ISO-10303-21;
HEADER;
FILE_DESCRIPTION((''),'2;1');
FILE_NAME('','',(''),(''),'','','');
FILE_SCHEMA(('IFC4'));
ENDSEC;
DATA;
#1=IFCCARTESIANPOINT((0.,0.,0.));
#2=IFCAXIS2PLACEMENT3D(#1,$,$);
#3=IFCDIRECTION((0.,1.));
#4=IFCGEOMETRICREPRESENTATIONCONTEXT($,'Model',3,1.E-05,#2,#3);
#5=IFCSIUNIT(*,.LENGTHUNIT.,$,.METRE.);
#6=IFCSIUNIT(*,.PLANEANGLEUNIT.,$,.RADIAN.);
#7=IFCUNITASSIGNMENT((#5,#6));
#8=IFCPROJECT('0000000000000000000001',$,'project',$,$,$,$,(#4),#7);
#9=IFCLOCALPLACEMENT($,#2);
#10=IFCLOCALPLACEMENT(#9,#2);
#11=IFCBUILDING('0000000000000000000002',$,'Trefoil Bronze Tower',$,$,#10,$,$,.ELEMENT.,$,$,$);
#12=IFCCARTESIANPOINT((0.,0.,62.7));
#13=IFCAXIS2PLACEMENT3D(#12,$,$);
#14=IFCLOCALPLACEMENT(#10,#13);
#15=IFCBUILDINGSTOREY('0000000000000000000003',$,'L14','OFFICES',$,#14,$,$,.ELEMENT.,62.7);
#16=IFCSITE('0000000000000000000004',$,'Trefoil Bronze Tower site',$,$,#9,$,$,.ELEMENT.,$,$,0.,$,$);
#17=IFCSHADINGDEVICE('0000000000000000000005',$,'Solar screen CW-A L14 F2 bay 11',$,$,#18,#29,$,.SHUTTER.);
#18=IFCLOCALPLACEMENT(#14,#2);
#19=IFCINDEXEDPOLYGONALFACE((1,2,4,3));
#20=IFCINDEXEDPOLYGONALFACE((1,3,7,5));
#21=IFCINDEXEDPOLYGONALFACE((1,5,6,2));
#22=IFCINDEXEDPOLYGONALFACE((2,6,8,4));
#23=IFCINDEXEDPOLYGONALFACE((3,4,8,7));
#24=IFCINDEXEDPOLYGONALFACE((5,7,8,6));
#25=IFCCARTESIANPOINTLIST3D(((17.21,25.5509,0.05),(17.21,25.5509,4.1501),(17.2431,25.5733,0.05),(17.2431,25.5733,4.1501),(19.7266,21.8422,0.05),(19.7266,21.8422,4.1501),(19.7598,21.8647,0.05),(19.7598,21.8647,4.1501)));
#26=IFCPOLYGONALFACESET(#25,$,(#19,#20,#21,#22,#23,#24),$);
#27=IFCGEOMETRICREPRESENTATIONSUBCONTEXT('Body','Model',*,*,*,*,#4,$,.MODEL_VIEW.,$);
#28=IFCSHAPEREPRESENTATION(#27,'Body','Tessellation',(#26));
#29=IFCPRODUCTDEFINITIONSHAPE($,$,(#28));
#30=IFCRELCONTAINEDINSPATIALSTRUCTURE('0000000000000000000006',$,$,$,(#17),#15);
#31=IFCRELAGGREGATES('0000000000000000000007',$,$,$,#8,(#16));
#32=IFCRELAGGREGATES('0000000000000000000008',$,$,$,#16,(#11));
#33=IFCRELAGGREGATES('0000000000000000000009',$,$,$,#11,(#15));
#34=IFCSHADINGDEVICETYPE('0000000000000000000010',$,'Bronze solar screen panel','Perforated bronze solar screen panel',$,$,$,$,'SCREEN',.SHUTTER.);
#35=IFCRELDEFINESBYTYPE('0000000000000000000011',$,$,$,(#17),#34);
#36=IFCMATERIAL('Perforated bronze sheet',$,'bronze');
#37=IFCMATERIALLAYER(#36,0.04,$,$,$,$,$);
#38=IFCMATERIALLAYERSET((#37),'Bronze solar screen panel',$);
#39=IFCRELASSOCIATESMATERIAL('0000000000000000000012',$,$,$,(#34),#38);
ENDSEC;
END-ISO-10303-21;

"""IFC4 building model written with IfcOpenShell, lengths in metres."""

from ifc_helpers import new_model, si_unit, direction, frame, origin, origin_2d, place, context, subcontext, project, spatial, rectangle, extrude, material, layer, layer_set, type_object, element, save


model = new_model("IFC4")

# Units and contexts
model_context = context("Model", 3, precision=1e-05, world=origin(), true_north=direction((0.0, 1.0)))
body_context = subcontext(model_context, "Body", "Model", "MODEL_VIEW")
ifc_project = project(units=[si_unit("LENGTHUNIT", "METRE"), si_unit("PLANEANGLEUNIT", "RADIAN")], contexts=[model_context])

# Site, building, storey
site_placement = place(None, origin())
site = spatial("IfcSite", under=ifc_project, at=site_placement, Name="Trefoil Bronze Tower site", CompositionType="ELEMENT", RefElevation=0.0)
building_placement = place(site_placement, origin())
building = spatial("IfcBuilding", under=site, at=building_placement, Name="Trefoil Bronze Tower", CompositionType="ELEMENT")
storey_placement = place(building_placement, frame((0.0, 0.0, 62.7)))
storey = spatial("IfcBuildingStorey", under=building, at=storey_placement, Name="L14", Description="OFFICES", CompositionType="ELEMENT", Elevation=62.7)

# Shading device
ifc_material_1 = material(Name="Perforated bronze sheet", Category="bronze")
ifc_layer_1 = layer(ifc_material_1, 0.04)
ifc_layer_set_1 = layer_set([ifc_layer_1], Name="Bronze solar screen panel")
shading_device_type = type_object("IfcShadingDeviceType", Name="Bronze solar screen panel", Description="Perforated bronze solar screen panel", ElementType="SCREEN", PredefinedType="SHUTTER", material=ifc_layer_set_1)
shading_device_1_placement = place(storey_placement, frame((18.4849, 23.7078, 0.05), z_axis=(0.0, 0.0, 1.0), x_axis=(-0.56151, 0.82747, 0.0)))
element("IfcShadingDevice", 1, at=shading_device_1_placement, inside=storey, type_object=shading_device_type, Name="Solar screen CW-A L14 F2 bay 11", PredefinedType="SHUTTER", context=body_context, shape_type="SweptSolid", body=[
    extrude(rectangle(XDim=4.4819, YDim=0.04, at=origin_2d()), origin(), (0.0, 0.0, 1.0), 4.1001),
])

save(model, "model.ifc")
